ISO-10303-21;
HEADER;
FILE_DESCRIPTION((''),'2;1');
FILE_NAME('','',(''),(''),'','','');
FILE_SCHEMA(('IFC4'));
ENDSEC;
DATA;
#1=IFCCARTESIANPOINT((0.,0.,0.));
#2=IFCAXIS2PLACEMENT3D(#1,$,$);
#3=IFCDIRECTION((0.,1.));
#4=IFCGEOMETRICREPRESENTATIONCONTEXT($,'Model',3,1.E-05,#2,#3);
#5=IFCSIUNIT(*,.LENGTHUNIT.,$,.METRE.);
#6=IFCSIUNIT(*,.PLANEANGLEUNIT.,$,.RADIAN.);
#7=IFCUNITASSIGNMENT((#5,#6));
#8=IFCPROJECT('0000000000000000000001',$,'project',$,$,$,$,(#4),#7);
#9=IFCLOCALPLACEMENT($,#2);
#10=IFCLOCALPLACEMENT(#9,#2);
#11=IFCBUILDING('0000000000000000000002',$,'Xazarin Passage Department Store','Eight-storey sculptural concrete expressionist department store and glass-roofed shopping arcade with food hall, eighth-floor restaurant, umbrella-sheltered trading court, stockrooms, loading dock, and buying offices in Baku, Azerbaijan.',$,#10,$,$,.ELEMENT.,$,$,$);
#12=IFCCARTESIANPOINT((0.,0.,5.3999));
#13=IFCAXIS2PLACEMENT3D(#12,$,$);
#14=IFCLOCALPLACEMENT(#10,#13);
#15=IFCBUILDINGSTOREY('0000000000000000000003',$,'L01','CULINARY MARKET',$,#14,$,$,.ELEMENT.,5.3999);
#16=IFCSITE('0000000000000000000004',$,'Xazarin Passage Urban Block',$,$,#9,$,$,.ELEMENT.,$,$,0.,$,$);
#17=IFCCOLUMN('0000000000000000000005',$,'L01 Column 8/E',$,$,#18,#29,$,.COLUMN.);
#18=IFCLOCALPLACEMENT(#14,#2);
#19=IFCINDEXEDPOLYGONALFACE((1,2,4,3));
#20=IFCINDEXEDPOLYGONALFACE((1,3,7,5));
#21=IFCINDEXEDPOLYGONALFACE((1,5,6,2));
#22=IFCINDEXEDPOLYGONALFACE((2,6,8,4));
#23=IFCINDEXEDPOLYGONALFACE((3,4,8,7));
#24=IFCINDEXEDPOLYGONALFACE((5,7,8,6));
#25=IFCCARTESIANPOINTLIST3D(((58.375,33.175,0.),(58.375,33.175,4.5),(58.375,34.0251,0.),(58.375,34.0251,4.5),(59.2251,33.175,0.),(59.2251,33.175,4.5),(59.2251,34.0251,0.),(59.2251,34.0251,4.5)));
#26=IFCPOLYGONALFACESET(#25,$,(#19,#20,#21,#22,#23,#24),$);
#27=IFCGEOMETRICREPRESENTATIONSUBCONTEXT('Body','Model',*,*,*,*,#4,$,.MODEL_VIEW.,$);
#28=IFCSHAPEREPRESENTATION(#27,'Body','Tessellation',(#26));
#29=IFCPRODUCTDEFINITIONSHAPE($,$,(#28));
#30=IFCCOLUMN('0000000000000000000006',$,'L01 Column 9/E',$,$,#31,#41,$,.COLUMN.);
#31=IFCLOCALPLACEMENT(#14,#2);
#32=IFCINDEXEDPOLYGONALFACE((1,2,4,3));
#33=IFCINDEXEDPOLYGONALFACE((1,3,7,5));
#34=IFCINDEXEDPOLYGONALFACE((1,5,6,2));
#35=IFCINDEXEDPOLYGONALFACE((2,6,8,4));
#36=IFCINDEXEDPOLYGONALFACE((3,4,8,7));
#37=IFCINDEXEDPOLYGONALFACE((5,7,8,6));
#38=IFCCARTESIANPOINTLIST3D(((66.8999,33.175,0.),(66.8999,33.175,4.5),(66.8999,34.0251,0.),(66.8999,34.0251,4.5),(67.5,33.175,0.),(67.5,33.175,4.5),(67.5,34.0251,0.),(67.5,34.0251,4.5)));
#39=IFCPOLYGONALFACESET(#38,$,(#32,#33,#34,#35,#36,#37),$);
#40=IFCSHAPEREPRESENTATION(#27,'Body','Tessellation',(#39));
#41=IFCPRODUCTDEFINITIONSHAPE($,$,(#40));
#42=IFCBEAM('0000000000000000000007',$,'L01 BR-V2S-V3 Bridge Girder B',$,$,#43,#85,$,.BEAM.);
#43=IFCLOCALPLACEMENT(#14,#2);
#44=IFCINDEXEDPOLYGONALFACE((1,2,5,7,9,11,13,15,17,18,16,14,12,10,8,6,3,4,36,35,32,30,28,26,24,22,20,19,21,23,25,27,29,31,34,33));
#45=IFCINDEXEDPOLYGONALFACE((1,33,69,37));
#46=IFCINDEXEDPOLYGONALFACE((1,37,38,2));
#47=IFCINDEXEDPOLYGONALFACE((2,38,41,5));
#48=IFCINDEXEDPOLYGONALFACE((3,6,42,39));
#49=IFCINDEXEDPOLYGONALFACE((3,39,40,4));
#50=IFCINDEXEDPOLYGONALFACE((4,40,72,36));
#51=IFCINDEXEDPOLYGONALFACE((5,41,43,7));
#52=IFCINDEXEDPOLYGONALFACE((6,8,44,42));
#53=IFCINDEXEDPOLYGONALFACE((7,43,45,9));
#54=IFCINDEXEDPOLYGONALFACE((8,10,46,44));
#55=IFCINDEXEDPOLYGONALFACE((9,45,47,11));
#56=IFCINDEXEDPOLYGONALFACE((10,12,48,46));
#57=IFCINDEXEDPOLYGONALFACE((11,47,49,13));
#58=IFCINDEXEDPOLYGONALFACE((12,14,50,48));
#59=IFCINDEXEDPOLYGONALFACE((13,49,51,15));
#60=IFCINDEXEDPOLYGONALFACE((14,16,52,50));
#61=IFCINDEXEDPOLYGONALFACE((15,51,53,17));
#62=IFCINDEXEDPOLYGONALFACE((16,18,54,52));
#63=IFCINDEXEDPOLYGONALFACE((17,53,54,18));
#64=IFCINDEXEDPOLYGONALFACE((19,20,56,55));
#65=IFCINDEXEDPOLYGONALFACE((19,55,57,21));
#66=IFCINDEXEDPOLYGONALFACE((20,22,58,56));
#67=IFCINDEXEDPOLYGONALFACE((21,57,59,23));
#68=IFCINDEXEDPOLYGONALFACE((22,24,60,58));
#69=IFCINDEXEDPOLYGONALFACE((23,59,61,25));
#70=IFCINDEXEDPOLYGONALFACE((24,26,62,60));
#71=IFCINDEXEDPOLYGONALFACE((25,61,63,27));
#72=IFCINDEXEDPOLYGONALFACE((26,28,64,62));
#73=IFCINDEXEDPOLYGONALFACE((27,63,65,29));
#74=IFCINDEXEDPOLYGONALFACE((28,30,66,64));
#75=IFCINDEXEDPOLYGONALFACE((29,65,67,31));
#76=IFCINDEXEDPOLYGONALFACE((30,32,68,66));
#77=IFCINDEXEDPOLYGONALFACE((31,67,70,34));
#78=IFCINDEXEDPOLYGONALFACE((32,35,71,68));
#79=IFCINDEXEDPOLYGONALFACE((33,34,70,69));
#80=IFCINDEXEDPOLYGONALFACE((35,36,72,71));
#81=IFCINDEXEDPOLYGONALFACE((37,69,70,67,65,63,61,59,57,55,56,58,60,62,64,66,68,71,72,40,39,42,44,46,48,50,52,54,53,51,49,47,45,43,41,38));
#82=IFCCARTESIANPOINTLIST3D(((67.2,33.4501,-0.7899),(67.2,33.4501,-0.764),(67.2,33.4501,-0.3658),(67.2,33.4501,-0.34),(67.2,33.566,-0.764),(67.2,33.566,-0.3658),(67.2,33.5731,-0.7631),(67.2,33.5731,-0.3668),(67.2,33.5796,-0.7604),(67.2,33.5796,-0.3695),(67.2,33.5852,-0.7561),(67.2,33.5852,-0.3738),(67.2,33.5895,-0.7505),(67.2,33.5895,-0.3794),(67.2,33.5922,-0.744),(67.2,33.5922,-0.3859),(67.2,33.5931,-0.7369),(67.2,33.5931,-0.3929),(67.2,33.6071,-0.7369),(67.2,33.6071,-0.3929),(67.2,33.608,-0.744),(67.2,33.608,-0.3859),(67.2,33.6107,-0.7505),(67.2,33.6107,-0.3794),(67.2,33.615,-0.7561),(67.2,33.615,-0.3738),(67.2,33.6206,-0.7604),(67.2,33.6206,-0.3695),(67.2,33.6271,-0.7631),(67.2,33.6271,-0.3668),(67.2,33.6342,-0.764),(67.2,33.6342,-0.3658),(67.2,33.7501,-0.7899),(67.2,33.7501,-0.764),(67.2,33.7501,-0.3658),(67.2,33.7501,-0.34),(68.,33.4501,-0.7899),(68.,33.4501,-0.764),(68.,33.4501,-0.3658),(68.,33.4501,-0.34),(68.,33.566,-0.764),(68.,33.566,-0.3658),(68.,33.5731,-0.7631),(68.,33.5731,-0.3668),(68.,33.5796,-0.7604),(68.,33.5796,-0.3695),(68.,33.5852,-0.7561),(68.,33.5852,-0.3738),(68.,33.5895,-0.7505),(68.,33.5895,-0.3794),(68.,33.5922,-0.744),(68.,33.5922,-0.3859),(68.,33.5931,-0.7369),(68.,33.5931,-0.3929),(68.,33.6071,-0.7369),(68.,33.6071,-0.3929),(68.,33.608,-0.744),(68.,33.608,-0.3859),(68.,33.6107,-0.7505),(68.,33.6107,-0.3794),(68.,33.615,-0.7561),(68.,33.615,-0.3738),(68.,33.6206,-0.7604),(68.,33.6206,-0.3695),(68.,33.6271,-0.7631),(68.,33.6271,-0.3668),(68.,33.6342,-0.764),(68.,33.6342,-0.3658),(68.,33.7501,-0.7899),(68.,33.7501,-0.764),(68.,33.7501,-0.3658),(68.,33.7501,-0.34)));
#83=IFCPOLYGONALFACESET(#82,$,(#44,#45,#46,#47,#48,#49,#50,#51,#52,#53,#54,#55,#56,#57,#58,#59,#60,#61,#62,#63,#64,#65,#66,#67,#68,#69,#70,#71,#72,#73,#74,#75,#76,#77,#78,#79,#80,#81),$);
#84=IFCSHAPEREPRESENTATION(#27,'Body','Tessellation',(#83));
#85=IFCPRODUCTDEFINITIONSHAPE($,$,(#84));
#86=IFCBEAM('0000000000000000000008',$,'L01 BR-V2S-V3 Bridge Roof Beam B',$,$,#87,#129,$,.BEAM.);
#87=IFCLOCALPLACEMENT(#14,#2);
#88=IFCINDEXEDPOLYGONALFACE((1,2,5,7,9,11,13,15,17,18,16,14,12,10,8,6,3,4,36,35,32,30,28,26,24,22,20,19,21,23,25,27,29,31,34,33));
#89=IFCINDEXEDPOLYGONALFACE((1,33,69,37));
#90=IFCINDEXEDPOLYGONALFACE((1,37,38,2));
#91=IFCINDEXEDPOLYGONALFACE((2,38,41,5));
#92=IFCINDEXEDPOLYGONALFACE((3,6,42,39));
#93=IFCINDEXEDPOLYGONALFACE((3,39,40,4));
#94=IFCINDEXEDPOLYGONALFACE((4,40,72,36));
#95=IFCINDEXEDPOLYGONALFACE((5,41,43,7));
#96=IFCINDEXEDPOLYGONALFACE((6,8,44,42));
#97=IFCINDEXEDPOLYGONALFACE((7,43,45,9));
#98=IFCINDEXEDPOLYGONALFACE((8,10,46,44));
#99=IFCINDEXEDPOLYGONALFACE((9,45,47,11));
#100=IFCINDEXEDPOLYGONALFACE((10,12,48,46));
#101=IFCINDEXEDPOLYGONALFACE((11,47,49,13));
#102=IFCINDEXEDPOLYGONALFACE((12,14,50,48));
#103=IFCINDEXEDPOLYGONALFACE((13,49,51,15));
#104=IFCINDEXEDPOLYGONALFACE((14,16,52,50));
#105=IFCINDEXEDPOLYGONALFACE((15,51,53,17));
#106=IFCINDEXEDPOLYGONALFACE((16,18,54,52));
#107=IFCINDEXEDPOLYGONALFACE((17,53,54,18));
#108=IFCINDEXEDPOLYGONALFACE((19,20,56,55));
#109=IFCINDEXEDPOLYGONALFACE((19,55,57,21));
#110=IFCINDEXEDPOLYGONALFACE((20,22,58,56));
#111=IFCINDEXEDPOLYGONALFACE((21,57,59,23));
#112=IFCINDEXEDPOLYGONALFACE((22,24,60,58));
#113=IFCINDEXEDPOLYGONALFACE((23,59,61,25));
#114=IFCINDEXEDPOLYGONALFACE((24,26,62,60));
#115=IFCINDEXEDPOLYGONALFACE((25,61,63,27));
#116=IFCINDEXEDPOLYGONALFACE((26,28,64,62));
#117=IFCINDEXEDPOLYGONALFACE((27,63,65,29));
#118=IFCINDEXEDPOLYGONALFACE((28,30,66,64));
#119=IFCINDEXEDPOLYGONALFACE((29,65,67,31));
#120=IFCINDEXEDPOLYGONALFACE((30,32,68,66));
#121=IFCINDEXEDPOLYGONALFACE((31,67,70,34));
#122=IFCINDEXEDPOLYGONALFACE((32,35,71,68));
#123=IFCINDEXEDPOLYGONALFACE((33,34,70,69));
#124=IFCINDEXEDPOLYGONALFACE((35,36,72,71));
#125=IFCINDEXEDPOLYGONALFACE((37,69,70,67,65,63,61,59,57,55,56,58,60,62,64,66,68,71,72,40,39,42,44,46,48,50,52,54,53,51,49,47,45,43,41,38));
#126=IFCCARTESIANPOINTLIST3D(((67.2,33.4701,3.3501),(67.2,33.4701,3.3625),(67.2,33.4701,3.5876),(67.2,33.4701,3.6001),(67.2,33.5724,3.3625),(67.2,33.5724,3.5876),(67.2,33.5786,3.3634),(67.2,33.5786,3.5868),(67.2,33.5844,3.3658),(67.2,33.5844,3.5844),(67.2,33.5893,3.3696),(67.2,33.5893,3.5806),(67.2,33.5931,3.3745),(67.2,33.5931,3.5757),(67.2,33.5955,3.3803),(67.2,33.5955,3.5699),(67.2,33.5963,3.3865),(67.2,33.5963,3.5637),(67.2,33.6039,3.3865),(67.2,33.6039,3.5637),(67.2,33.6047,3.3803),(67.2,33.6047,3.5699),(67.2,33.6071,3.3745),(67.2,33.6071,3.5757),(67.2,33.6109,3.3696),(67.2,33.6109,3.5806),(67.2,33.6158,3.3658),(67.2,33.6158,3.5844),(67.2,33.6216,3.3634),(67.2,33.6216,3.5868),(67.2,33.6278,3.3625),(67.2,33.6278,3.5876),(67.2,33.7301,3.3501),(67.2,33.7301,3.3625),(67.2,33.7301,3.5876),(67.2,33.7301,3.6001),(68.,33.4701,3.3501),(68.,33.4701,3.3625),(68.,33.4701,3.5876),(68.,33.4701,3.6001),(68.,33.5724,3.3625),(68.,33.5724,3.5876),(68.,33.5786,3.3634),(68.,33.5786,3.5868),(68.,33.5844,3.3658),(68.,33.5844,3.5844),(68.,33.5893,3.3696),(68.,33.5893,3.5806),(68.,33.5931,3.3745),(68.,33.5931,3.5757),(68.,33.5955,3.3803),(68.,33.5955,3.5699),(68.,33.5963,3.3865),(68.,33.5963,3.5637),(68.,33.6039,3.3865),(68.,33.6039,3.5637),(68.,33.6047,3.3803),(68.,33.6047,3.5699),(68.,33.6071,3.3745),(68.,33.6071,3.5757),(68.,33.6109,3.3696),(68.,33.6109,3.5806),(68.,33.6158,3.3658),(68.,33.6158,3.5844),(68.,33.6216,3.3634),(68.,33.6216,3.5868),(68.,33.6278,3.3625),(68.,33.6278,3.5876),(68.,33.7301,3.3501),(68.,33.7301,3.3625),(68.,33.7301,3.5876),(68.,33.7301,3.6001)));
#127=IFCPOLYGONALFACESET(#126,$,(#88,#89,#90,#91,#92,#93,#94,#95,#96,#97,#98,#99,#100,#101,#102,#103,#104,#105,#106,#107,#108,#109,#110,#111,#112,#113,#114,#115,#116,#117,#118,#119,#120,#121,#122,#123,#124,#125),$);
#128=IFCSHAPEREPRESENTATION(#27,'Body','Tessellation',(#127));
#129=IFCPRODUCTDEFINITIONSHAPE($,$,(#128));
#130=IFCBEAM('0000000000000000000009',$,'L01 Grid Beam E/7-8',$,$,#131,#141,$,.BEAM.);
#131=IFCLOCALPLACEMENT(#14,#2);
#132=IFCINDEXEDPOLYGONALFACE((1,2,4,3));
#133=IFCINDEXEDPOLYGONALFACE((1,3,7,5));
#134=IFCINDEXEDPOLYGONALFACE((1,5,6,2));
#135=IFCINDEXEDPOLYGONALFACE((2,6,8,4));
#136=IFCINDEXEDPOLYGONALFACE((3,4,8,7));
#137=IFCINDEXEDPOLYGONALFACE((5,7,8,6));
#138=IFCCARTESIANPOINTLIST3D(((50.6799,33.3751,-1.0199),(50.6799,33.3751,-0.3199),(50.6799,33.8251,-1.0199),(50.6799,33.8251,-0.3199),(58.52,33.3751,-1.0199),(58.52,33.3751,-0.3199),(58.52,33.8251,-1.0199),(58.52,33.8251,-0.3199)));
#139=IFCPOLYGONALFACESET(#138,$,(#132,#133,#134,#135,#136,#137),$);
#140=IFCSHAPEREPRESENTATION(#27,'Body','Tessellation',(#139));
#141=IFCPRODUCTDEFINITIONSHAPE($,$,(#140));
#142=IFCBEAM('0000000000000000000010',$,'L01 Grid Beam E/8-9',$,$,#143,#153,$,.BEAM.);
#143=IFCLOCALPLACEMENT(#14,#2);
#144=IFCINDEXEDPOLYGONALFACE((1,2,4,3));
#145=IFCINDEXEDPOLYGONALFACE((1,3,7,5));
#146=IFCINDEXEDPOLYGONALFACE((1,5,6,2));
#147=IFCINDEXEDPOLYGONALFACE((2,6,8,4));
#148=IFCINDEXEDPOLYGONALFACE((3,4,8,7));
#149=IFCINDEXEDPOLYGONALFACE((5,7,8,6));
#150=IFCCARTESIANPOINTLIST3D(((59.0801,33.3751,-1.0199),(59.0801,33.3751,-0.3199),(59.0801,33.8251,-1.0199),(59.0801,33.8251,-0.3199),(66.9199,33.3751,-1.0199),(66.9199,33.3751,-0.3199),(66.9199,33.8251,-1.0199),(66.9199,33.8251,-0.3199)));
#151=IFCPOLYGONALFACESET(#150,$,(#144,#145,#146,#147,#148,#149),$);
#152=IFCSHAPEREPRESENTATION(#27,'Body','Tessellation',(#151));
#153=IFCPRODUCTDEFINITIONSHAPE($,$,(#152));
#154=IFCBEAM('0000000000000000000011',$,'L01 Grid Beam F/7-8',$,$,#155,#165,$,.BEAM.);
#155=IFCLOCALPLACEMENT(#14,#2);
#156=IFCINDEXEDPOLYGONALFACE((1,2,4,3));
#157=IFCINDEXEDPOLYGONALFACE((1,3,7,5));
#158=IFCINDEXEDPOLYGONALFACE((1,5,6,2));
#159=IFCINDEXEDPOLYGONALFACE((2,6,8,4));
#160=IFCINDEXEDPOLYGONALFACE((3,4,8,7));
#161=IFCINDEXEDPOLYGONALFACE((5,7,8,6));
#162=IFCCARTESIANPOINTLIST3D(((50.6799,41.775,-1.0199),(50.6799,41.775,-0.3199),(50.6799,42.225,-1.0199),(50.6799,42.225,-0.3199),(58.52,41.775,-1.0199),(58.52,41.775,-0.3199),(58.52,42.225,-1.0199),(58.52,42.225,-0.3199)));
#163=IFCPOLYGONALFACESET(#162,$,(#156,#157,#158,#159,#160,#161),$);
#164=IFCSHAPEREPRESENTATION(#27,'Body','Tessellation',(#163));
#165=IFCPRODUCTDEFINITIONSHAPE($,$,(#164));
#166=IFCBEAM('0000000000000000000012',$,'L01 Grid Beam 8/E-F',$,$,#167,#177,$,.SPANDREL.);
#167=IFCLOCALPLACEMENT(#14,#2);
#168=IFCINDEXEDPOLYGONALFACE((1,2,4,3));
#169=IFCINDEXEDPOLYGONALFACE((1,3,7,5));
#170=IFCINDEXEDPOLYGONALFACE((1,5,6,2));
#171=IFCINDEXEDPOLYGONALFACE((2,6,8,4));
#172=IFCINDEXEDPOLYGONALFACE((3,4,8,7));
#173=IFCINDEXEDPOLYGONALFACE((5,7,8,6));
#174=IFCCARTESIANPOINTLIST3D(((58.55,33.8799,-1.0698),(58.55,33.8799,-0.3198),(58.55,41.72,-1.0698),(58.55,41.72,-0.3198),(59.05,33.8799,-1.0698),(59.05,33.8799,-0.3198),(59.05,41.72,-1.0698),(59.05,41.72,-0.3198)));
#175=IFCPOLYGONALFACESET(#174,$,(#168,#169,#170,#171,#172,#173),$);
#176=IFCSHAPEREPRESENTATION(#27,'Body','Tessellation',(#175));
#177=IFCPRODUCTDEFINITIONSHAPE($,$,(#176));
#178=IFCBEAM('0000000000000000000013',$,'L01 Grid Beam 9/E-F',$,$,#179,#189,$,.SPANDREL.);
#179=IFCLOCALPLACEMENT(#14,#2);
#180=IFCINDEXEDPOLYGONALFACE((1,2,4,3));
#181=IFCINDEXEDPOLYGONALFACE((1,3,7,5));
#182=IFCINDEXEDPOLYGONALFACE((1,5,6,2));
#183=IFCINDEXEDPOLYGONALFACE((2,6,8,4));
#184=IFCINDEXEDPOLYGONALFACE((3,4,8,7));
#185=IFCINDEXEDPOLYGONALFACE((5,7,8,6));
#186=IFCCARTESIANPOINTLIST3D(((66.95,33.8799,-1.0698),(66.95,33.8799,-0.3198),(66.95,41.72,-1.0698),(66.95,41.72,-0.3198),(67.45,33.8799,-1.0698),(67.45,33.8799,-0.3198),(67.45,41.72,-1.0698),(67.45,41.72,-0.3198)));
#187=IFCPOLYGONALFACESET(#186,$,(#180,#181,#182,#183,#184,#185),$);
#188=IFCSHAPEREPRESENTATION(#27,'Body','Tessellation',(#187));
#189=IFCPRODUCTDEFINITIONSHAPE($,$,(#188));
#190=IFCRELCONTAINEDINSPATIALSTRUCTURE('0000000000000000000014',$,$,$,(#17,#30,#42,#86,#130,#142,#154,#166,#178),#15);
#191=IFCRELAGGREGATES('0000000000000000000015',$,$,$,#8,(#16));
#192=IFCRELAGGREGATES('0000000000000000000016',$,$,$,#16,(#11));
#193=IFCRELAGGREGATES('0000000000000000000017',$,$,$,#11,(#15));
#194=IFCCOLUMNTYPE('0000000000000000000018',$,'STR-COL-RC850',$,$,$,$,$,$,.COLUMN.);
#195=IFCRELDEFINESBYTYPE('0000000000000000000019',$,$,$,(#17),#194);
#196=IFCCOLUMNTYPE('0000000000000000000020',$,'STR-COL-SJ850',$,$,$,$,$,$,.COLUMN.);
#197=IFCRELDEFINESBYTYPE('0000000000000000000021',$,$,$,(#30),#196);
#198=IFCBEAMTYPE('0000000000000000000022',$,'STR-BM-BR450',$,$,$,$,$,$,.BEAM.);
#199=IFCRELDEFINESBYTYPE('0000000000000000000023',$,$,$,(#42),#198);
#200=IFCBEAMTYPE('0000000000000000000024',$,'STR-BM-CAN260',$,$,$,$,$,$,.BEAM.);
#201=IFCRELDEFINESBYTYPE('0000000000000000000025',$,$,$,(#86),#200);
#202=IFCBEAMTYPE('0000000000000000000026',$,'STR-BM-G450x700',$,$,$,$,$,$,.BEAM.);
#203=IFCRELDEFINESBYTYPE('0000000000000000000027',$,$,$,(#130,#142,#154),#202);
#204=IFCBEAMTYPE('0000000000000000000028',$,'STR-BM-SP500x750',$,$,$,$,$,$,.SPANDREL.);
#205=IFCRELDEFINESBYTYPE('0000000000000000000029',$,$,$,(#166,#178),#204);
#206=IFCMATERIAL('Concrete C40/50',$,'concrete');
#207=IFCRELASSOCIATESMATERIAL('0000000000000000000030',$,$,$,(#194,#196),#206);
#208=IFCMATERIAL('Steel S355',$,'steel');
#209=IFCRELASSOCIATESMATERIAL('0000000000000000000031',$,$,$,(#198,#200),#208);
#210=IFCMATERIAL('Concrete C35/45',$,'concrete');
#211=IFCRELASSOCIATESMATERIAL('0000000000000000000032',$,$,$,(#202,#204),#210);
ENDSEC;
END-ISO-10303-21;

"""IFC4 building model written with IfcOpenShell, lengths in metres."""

from ifc_helpers import new_model, si_unit, direction, frame, origin, origin_2d, place, context, subcontext, project, spatial, rectangle, i_section, extrude, material, material_profile, profile_set, type_object, element, save


model = new_model("IFC4")

# Units and contexts
model_context = context("Model", 3, precision=1e-05, world=origin(), true_north=direction((0.0, 1.0)))
body_context = subcontext(model_context, "Body", "Model", "MODEL_VIEW")
ifc_project = project(units=[si_unit("LENGTHUNIT", "METRE"), si_unit("PLANEANGLEUNIT", "RADIAN")], contexts=[model_context])

# Site, building, storey
site_placement = place(None, origin())
site = spatial("IfcSite", under=ifc_project, at=site_placement, Name="Xazarin Passage Urban Block", CompositionType="ELEMENT", RefElevation=0.0)
building_placement = place(site_placement, origin())
building = spatial("IfcBuilding", under=site, at=building_placement, Name="Xazarin Passage Department Store", Description="Eight-storey sculptural concrete expressionist department store and glass-roofed shopping arcade with food hall, eighth-floor restaurant, umbrella-sheltered trading court, stockrooms, loading dock, and buying offices in Baku, Azerbaijan.", CompositionType="ELEMENT")
storey_placement = place(building_placement, frame((0.0, 0.0, 5.3999)))
storey = spatial("IfcBuildingStorey", under=building, at=storey_placement, Name="L01", Description="CULINARY MARKET", CompositionType="ELEMENT", Elevation=5.3999)

# Columns
ifc_material_1 = material(Name="Concrete C40/50", Category="concrete")
ifc_material_profile_1 = material_profile(ifc_material_1, rectangle(XDim=0.8501, YDim=0.8501, at=origin_2d()), Name="RC 850x850")
ifc_profile_set_1 = profile_set([ifc_material_profile_1], Name="Concrete C40/50")
column_type_1 = type_object("IfcColumnType", Name="STR-COL-RC850", PredefinedType="COLUMN", material=ifc_profile_set_1)
column_1_placement = place(storey_placement, frame((58.8, 33.6001, 0.0), z_axis=(0.0, 0.0, 1.0), x_axis=(1.0, 0.0, 0.0)))
element("IfcColumn", 1, at=column_1_placement, inside=storey, type_object=column_type_1, Name="L01 Column 8/E", PredefinedType="COLUMN", context=body_context, shape_type="SweptSolid", body=[
    extrude(rectangle(XDim=0.8501, YDim=0.8501, at=origin_2d()), origin(), (0.0, 0.0, 1.0), 4.5),
])
ifc_material_profile_2 = material_profile(ifc_material_1, rectangle(XDim=0.6001, YDim=0.8501, at=origin_2d()), Name="RC 600x850")
ifc_profile_set_2 = profile_set([ifc_material_profile_2], Name="Concrete C40/50")
column_type_2 = type_object("IfcColumnType", Name="STR-COL-SJ850", PredefinedType="COLUMN", material=ifc_profile_set_2)
column_2_placement = place(storey_placement, frame((67.2, 33.6001, 0.0), z_axis=(0.0, 0.0, 1.0), x_axis=(1.0, 0.0, 0.0)))
element("IfcColumn", 2, at=column_2_placement, inside=storey, type_object=column_type_2, Name="L01 Column 9/E", PredefinedType="COLUMN", context=body_context, shape_type="SweptSolid", body=[
    extrude(rectangle(XDim=0.6001, YDim=0.8501, at=origin_2d()), origin(), (0.0, 0.0, 1.0), 4.5),
])

# Beams
ifc_material_2 = material(Name="Steel S355", Category="steel")
ifc_material_profile_3 = material_profile(ifc_material_2, i_section(OverallWidth=0.3, OverallDepth=0.45, WebThickness=0.0139, FlangeThickness=0.0259, FilletRadius=0.0271, at=origin_2d()), Name="HEB 450")
ifc_profile_set_3 = profile_set([ifc_material_profile_3], Name="Steel S355")
beam_type_1 = type_object("IfcBeamType", Name="STR-BM-BR450", PredefinedType="BEAM", material=ifc_profile_set_3)
beam_1_placement = place(storey_placement, frame((67.2, 33.6001, -0.5649), z_axis=(1.0, 0.0, 0.0), x_axis=(0.0, 1.0, 0.0)))
element("IfcBeam", 3, at=beam_1_placement, inside=storey, type_object=beam_type_1, Name="L01 BR-V2S-V3 Bridge Girder B", PredefinedType="BEAM", context=body_context, shape_type="SweptSolid", body=[
    extrude(i_section(OverallWidth=0.3, OverallDepth=0.45, WebThickness=0.0139, FlangeThickness=0.0259, FilletRadius=0.0271, at=origin_2d()), origin(), (0.0, 0.0, 1.0), 0.8),
])
ifc_material_profile_4 = material_profile(ifc_material_2, i_section(OverallWidth=0.26, OverallDepth=0.25, WebThickness=0.0076, FlangeThickness=0.0125, FilletRadius=0.0239, at=origin_2d()), Name="HEA 260")
ifc_profile_set_4 = profile_set([ifc_material_profile_4], Name="Steel S355")
beam_type_2 = type_object("IfcBeamType", Name="STR-BM-CAN260", PredefinedType="BEAM", material=ifc_profile_set_4)
beam_2_placement = place(storey_placement, frame((67.2, 33.6001, 3.4751), z_axis=(1.0, 0.0, 0.0), x_axis=(0.0, 1.0, 0.0)))
element("IfcBeam", 4, at=beam_2_placement, inside=storey, type_object=beam_type_2, Name="L01 BR-V2S-V3 Bridge Roof Beam B", PredefinedType="BEAM", context=body_context, shape_type="SweptSolid", body=[
    extrude(i_section(OverallWidth=0.26, OverallDepth=0.25, WebThickness=0.0076, FlangeThickness=0.0125, FilletRadius=0.0239, at=origin_2d()), origin(), (0.0, 0.0, 1.0), 0.8),
])
ifc_material_3 = material(Name="Concrete C35/45", Category="concrete")
ifc_material_profile_5 = material_profile(ifc_material_3, rectangle(XDim=0.45, YDim=0.7, at=origin_2d()), Name="RC 450x700")
ifc_profile_set_5 = profile_set([ifc_material_profile_5], Name="Concrete C35/45")
beam_type_3 = type_object("IfcBeamType", Name="STR-BM-G450x700", PredefinedType="BEAM", material=ifc_profile_set_5)
beam_3_placement = place(storey_placement, frame((50.6799, 33.6001, -0.6699), z_axis=(1.0, 0.0, 0.0), x_axis=(0.0, 1.0, 0.0)))
element("IfcBeam", 5, at=beam_3_placement, inside=storey, type_object=beam_type_3, Name="L01 Grid Beam E/7-8", PredefinedType="BEAM", context=body_context, shape_type="SweptSolid", body=[
    extrude(rectangle(XDim=0.45, YDim=0.7, at=origin_2d()), origin(), (0.0, 0.0, 1.0), 7.8401),
])
beam_4_placement = place(storey_placement, frame((59.0801, 33.6001, -0.6699), z_axis=(1.0, 0.0, 0.0), x_axis=(0.0, 1.0, 0.0)))
element("IfcBeam", 6, at=beam_4_placement, inside=storey, type_object=beam_type_3, Name="L01 Grid Beam E/8-9", PredefinedType="BEAM", context=body_context, shape_type="SweptSolid", body=[
    extrude(rectangle(XDim=0.45, YDim=0.7, at=origin_2d()), origin(), (0.0, 0.0, 1.0), 7.8398),
])
beam_5_placement = place(storey_placement, frame((50.6799, 42.0, -0.6699), z_axis=(1.0, 0.0, 0.0), x_axis=(0.0, 1.0, 0.0)))
element("IfcBeam", 7, at=beam_5_placement, inside=storey, type_object=beam_type_3, Name="L01 Grid Beam F/7-8", PredefinedType="BEAM", context=body_context, shape_type="SweptSolid", body=[
    extrude(rectangle(XDim=0.45, YDim=0.7, at=origin_2d()), origin(), (0.0, 0.0, 1.0), 7.8401),
])
ifc_material_profile_6 = material_profile(ifc_material_3, rectangle(XDim=0.5, YDim=0.75, at=origin_2d()), Name="RC 500x750")
ifc_profile_set_6 = profile_set([ifc_material_profile_6], Name="Concrete C35/45")
beam_type_4 = type_object("IfcBeamType", Name="STR-BM-SP500x750", PredefinedType="SPANDREL", material=ifc_profile_set_6)
for number, where, z_axis, x_axis, name in (
    (8, (58.8, 33.8799, -0.6948), (0.0, 1.0, 0.0), (-1.0, 0.0, 0.0), "L01 Grid Beam 8/E-F"),
    (9, (67.2, 33.8799, -0.6948), (0.0, 1.0, 0.0), (-1.0, 0.0, 0.0), "L01 Grid Beam 9/E-F"),
):
    element("IfcBeam", number, at=place(storey_placement, frame(where, z_axis=z_axis, x_axis=x_axis)), inside=storey, type_object=beam_type_4, Name=name, PredefinedType="SPANDREL", context=body_context, shape_type="SweptSolid", body=[
        extrude(rectangle(XDim=0.5, YDim=0.75, at=origin_2d()), origin(), (0.0, 0.0, 1.0), 7.8401),
    ])

save(model, "model.ifc")
